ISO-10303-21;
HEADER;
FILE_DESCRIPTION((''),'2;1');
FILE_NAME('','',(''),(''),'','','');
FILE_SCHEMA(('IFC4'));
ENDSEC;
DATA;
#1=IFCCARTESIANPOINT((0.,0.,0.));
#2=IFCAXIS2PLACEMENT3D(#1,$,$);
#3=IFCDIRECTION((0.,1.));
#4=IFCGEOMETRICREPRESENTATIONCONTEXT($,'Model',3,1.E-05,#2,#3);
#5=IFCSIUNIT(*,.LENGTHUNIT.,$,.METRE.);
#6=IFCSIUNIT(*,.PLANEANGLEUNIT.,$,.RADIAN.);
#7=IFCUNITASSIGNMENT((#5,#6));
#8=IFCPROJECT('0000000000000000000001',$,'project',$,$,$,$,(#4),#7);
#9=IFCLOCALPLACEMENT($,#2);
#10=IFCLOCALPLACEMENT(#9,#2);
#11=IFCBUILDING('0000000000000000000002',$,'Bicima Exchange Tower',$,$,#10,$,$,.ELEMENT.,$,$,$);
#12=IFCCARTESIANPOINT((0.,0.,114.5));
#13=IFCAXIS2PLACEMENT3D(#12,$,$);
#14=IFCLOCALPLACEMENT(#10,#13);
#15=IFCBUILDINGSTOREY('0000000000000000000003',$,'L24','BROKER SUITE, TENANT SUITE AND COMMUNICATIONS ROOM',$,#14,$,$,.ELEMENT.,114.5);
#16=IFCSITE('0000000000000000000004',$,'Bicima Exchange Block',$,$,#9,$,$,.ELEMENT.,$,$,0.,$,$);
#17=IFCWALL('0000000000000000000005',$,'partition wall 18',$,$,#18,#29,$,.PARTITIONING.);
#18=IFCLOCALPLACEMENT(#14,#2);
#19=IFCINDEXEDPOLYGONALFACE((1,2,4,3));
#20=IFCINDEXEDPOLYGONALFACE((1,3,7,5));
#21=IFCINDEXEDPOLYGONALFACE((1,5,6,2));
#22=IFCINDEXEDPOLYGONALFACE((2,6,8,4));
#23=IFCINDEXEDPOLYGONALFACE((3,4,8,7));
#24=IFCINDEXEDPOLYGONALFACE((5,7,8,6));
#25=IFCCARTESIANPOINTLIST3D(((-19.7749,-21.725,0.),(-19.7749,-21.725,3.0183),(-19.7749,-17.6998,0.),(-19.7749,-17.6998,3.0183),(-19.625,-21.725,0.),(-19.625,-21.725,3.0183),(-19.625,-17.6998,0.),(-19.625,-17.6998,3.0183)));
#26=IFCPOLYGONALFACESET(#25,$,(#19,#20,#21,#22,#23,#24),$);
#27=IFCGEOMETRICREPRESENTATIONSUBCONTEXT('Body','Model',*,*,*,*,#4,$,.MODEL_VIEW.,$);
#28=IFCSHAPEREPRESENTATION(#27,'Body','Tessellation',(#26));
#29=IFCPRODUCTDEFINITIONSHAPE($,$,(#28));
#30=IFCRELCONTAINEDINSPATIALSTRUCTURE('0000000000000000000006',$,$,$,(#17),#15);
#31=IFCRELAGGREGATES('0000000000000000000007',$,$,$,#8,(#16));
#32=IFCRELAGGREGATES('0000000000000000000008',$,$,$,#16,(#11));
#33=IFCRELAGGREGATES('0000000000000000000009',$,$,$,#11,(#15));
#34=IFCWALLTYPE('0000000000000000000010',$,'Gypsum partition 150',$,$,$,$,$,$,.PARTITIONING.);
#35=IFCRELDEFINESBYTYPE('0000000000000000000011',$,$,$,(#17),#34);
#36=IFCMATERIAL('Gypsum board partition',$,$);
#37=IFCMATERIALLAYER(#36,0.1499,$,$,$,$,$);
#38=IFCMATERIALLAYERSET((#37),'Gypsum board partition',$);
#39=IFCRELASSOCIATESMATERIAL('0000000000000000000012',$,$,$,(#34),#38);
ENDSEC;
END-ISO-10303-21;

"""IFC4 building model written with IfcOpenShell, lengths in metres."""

from ifc_helpers import new_model, si_unit, direction, frame, frame_2d, origin, place, context, subcontext, project, spatial, rectangle, extrude, material, layer, layer_set, type_object, element, save


model = new_model("IFC4")

# Units and contexts
model_context = context("Model", 3, precision=1e-05, world=origin(), true_north=direction((0.0, 1.0)))
body_context = subcontext(model_context, "Body", "Model", "MODEL_VIEW")
ifc_project = project(units=[si_unit("LENGTHUNIT", "METRE"), si_unit("PLANEANGLEUNIT", "RADIAN")], contexts=[model_context])

# Site, building, storey
site_placement = place(None, origin())
site = spatial("IfcSite", under=ifc_project, at=site_placement, Name="Bicima Exchange Block", CompositionType="ELEMENT", RefElevation=0.0)
building_placement = place(site_placement, origin())
building = spatial("IfcBuilding", under=site, at=building_placement, Name="Bicima Exchange Tower", CompositionType="ELEMENT")
storey_placement = place(building_placement, frame((0.0, 0.0, 114.5)))
storey = spatial("IfcBuildingStorey", under=building, at=storey_placement, Name="L24", Description="BROKER SUITE, TENANT SUITE AND COMMUNICATIONS ROOM", CompositionType="ELEMENT", Elevation=114.5)

# Wall
ifc_material_1 = material(Name="Gypsum board partition")
ifc_layer_1 = layer(ifc_material_1, 0.1499)
ifc_layer_set_1 = layer_set([ifc_layer_1], Name="Gypsum board partition")
wall_type_1 = type_object("IfcWallType", Name="Gypsum partition 150", PredefinedType="PARTITIONING", material=ifc_layer_set_1)
for number, where, z_axis, x_axis, name in (
    (1, (-19.7, -21.7251, 0.0), (0.0, 0.0, 1.0), (0.0, 1.0, 0.0), "partition wall 18"),
):
    element("IfcWall", number, at=place(storey_placement, frame(where, z_axis=z_axis, x_axis=x_axis)), inside=storey, type_object=wall_type_1, Name=name, PredefinedType="PARTITIONING", context=body_context, shape_type="SweptSolid", body=[
        extrude(rectangle(XDim=4.0251, YDim=0.1499, at=frame_2d((2.0127, 0.0))), origin(), (0.0, 0.0, 1.0), 3.0183),
    ])

save(model, "model.ifc")
